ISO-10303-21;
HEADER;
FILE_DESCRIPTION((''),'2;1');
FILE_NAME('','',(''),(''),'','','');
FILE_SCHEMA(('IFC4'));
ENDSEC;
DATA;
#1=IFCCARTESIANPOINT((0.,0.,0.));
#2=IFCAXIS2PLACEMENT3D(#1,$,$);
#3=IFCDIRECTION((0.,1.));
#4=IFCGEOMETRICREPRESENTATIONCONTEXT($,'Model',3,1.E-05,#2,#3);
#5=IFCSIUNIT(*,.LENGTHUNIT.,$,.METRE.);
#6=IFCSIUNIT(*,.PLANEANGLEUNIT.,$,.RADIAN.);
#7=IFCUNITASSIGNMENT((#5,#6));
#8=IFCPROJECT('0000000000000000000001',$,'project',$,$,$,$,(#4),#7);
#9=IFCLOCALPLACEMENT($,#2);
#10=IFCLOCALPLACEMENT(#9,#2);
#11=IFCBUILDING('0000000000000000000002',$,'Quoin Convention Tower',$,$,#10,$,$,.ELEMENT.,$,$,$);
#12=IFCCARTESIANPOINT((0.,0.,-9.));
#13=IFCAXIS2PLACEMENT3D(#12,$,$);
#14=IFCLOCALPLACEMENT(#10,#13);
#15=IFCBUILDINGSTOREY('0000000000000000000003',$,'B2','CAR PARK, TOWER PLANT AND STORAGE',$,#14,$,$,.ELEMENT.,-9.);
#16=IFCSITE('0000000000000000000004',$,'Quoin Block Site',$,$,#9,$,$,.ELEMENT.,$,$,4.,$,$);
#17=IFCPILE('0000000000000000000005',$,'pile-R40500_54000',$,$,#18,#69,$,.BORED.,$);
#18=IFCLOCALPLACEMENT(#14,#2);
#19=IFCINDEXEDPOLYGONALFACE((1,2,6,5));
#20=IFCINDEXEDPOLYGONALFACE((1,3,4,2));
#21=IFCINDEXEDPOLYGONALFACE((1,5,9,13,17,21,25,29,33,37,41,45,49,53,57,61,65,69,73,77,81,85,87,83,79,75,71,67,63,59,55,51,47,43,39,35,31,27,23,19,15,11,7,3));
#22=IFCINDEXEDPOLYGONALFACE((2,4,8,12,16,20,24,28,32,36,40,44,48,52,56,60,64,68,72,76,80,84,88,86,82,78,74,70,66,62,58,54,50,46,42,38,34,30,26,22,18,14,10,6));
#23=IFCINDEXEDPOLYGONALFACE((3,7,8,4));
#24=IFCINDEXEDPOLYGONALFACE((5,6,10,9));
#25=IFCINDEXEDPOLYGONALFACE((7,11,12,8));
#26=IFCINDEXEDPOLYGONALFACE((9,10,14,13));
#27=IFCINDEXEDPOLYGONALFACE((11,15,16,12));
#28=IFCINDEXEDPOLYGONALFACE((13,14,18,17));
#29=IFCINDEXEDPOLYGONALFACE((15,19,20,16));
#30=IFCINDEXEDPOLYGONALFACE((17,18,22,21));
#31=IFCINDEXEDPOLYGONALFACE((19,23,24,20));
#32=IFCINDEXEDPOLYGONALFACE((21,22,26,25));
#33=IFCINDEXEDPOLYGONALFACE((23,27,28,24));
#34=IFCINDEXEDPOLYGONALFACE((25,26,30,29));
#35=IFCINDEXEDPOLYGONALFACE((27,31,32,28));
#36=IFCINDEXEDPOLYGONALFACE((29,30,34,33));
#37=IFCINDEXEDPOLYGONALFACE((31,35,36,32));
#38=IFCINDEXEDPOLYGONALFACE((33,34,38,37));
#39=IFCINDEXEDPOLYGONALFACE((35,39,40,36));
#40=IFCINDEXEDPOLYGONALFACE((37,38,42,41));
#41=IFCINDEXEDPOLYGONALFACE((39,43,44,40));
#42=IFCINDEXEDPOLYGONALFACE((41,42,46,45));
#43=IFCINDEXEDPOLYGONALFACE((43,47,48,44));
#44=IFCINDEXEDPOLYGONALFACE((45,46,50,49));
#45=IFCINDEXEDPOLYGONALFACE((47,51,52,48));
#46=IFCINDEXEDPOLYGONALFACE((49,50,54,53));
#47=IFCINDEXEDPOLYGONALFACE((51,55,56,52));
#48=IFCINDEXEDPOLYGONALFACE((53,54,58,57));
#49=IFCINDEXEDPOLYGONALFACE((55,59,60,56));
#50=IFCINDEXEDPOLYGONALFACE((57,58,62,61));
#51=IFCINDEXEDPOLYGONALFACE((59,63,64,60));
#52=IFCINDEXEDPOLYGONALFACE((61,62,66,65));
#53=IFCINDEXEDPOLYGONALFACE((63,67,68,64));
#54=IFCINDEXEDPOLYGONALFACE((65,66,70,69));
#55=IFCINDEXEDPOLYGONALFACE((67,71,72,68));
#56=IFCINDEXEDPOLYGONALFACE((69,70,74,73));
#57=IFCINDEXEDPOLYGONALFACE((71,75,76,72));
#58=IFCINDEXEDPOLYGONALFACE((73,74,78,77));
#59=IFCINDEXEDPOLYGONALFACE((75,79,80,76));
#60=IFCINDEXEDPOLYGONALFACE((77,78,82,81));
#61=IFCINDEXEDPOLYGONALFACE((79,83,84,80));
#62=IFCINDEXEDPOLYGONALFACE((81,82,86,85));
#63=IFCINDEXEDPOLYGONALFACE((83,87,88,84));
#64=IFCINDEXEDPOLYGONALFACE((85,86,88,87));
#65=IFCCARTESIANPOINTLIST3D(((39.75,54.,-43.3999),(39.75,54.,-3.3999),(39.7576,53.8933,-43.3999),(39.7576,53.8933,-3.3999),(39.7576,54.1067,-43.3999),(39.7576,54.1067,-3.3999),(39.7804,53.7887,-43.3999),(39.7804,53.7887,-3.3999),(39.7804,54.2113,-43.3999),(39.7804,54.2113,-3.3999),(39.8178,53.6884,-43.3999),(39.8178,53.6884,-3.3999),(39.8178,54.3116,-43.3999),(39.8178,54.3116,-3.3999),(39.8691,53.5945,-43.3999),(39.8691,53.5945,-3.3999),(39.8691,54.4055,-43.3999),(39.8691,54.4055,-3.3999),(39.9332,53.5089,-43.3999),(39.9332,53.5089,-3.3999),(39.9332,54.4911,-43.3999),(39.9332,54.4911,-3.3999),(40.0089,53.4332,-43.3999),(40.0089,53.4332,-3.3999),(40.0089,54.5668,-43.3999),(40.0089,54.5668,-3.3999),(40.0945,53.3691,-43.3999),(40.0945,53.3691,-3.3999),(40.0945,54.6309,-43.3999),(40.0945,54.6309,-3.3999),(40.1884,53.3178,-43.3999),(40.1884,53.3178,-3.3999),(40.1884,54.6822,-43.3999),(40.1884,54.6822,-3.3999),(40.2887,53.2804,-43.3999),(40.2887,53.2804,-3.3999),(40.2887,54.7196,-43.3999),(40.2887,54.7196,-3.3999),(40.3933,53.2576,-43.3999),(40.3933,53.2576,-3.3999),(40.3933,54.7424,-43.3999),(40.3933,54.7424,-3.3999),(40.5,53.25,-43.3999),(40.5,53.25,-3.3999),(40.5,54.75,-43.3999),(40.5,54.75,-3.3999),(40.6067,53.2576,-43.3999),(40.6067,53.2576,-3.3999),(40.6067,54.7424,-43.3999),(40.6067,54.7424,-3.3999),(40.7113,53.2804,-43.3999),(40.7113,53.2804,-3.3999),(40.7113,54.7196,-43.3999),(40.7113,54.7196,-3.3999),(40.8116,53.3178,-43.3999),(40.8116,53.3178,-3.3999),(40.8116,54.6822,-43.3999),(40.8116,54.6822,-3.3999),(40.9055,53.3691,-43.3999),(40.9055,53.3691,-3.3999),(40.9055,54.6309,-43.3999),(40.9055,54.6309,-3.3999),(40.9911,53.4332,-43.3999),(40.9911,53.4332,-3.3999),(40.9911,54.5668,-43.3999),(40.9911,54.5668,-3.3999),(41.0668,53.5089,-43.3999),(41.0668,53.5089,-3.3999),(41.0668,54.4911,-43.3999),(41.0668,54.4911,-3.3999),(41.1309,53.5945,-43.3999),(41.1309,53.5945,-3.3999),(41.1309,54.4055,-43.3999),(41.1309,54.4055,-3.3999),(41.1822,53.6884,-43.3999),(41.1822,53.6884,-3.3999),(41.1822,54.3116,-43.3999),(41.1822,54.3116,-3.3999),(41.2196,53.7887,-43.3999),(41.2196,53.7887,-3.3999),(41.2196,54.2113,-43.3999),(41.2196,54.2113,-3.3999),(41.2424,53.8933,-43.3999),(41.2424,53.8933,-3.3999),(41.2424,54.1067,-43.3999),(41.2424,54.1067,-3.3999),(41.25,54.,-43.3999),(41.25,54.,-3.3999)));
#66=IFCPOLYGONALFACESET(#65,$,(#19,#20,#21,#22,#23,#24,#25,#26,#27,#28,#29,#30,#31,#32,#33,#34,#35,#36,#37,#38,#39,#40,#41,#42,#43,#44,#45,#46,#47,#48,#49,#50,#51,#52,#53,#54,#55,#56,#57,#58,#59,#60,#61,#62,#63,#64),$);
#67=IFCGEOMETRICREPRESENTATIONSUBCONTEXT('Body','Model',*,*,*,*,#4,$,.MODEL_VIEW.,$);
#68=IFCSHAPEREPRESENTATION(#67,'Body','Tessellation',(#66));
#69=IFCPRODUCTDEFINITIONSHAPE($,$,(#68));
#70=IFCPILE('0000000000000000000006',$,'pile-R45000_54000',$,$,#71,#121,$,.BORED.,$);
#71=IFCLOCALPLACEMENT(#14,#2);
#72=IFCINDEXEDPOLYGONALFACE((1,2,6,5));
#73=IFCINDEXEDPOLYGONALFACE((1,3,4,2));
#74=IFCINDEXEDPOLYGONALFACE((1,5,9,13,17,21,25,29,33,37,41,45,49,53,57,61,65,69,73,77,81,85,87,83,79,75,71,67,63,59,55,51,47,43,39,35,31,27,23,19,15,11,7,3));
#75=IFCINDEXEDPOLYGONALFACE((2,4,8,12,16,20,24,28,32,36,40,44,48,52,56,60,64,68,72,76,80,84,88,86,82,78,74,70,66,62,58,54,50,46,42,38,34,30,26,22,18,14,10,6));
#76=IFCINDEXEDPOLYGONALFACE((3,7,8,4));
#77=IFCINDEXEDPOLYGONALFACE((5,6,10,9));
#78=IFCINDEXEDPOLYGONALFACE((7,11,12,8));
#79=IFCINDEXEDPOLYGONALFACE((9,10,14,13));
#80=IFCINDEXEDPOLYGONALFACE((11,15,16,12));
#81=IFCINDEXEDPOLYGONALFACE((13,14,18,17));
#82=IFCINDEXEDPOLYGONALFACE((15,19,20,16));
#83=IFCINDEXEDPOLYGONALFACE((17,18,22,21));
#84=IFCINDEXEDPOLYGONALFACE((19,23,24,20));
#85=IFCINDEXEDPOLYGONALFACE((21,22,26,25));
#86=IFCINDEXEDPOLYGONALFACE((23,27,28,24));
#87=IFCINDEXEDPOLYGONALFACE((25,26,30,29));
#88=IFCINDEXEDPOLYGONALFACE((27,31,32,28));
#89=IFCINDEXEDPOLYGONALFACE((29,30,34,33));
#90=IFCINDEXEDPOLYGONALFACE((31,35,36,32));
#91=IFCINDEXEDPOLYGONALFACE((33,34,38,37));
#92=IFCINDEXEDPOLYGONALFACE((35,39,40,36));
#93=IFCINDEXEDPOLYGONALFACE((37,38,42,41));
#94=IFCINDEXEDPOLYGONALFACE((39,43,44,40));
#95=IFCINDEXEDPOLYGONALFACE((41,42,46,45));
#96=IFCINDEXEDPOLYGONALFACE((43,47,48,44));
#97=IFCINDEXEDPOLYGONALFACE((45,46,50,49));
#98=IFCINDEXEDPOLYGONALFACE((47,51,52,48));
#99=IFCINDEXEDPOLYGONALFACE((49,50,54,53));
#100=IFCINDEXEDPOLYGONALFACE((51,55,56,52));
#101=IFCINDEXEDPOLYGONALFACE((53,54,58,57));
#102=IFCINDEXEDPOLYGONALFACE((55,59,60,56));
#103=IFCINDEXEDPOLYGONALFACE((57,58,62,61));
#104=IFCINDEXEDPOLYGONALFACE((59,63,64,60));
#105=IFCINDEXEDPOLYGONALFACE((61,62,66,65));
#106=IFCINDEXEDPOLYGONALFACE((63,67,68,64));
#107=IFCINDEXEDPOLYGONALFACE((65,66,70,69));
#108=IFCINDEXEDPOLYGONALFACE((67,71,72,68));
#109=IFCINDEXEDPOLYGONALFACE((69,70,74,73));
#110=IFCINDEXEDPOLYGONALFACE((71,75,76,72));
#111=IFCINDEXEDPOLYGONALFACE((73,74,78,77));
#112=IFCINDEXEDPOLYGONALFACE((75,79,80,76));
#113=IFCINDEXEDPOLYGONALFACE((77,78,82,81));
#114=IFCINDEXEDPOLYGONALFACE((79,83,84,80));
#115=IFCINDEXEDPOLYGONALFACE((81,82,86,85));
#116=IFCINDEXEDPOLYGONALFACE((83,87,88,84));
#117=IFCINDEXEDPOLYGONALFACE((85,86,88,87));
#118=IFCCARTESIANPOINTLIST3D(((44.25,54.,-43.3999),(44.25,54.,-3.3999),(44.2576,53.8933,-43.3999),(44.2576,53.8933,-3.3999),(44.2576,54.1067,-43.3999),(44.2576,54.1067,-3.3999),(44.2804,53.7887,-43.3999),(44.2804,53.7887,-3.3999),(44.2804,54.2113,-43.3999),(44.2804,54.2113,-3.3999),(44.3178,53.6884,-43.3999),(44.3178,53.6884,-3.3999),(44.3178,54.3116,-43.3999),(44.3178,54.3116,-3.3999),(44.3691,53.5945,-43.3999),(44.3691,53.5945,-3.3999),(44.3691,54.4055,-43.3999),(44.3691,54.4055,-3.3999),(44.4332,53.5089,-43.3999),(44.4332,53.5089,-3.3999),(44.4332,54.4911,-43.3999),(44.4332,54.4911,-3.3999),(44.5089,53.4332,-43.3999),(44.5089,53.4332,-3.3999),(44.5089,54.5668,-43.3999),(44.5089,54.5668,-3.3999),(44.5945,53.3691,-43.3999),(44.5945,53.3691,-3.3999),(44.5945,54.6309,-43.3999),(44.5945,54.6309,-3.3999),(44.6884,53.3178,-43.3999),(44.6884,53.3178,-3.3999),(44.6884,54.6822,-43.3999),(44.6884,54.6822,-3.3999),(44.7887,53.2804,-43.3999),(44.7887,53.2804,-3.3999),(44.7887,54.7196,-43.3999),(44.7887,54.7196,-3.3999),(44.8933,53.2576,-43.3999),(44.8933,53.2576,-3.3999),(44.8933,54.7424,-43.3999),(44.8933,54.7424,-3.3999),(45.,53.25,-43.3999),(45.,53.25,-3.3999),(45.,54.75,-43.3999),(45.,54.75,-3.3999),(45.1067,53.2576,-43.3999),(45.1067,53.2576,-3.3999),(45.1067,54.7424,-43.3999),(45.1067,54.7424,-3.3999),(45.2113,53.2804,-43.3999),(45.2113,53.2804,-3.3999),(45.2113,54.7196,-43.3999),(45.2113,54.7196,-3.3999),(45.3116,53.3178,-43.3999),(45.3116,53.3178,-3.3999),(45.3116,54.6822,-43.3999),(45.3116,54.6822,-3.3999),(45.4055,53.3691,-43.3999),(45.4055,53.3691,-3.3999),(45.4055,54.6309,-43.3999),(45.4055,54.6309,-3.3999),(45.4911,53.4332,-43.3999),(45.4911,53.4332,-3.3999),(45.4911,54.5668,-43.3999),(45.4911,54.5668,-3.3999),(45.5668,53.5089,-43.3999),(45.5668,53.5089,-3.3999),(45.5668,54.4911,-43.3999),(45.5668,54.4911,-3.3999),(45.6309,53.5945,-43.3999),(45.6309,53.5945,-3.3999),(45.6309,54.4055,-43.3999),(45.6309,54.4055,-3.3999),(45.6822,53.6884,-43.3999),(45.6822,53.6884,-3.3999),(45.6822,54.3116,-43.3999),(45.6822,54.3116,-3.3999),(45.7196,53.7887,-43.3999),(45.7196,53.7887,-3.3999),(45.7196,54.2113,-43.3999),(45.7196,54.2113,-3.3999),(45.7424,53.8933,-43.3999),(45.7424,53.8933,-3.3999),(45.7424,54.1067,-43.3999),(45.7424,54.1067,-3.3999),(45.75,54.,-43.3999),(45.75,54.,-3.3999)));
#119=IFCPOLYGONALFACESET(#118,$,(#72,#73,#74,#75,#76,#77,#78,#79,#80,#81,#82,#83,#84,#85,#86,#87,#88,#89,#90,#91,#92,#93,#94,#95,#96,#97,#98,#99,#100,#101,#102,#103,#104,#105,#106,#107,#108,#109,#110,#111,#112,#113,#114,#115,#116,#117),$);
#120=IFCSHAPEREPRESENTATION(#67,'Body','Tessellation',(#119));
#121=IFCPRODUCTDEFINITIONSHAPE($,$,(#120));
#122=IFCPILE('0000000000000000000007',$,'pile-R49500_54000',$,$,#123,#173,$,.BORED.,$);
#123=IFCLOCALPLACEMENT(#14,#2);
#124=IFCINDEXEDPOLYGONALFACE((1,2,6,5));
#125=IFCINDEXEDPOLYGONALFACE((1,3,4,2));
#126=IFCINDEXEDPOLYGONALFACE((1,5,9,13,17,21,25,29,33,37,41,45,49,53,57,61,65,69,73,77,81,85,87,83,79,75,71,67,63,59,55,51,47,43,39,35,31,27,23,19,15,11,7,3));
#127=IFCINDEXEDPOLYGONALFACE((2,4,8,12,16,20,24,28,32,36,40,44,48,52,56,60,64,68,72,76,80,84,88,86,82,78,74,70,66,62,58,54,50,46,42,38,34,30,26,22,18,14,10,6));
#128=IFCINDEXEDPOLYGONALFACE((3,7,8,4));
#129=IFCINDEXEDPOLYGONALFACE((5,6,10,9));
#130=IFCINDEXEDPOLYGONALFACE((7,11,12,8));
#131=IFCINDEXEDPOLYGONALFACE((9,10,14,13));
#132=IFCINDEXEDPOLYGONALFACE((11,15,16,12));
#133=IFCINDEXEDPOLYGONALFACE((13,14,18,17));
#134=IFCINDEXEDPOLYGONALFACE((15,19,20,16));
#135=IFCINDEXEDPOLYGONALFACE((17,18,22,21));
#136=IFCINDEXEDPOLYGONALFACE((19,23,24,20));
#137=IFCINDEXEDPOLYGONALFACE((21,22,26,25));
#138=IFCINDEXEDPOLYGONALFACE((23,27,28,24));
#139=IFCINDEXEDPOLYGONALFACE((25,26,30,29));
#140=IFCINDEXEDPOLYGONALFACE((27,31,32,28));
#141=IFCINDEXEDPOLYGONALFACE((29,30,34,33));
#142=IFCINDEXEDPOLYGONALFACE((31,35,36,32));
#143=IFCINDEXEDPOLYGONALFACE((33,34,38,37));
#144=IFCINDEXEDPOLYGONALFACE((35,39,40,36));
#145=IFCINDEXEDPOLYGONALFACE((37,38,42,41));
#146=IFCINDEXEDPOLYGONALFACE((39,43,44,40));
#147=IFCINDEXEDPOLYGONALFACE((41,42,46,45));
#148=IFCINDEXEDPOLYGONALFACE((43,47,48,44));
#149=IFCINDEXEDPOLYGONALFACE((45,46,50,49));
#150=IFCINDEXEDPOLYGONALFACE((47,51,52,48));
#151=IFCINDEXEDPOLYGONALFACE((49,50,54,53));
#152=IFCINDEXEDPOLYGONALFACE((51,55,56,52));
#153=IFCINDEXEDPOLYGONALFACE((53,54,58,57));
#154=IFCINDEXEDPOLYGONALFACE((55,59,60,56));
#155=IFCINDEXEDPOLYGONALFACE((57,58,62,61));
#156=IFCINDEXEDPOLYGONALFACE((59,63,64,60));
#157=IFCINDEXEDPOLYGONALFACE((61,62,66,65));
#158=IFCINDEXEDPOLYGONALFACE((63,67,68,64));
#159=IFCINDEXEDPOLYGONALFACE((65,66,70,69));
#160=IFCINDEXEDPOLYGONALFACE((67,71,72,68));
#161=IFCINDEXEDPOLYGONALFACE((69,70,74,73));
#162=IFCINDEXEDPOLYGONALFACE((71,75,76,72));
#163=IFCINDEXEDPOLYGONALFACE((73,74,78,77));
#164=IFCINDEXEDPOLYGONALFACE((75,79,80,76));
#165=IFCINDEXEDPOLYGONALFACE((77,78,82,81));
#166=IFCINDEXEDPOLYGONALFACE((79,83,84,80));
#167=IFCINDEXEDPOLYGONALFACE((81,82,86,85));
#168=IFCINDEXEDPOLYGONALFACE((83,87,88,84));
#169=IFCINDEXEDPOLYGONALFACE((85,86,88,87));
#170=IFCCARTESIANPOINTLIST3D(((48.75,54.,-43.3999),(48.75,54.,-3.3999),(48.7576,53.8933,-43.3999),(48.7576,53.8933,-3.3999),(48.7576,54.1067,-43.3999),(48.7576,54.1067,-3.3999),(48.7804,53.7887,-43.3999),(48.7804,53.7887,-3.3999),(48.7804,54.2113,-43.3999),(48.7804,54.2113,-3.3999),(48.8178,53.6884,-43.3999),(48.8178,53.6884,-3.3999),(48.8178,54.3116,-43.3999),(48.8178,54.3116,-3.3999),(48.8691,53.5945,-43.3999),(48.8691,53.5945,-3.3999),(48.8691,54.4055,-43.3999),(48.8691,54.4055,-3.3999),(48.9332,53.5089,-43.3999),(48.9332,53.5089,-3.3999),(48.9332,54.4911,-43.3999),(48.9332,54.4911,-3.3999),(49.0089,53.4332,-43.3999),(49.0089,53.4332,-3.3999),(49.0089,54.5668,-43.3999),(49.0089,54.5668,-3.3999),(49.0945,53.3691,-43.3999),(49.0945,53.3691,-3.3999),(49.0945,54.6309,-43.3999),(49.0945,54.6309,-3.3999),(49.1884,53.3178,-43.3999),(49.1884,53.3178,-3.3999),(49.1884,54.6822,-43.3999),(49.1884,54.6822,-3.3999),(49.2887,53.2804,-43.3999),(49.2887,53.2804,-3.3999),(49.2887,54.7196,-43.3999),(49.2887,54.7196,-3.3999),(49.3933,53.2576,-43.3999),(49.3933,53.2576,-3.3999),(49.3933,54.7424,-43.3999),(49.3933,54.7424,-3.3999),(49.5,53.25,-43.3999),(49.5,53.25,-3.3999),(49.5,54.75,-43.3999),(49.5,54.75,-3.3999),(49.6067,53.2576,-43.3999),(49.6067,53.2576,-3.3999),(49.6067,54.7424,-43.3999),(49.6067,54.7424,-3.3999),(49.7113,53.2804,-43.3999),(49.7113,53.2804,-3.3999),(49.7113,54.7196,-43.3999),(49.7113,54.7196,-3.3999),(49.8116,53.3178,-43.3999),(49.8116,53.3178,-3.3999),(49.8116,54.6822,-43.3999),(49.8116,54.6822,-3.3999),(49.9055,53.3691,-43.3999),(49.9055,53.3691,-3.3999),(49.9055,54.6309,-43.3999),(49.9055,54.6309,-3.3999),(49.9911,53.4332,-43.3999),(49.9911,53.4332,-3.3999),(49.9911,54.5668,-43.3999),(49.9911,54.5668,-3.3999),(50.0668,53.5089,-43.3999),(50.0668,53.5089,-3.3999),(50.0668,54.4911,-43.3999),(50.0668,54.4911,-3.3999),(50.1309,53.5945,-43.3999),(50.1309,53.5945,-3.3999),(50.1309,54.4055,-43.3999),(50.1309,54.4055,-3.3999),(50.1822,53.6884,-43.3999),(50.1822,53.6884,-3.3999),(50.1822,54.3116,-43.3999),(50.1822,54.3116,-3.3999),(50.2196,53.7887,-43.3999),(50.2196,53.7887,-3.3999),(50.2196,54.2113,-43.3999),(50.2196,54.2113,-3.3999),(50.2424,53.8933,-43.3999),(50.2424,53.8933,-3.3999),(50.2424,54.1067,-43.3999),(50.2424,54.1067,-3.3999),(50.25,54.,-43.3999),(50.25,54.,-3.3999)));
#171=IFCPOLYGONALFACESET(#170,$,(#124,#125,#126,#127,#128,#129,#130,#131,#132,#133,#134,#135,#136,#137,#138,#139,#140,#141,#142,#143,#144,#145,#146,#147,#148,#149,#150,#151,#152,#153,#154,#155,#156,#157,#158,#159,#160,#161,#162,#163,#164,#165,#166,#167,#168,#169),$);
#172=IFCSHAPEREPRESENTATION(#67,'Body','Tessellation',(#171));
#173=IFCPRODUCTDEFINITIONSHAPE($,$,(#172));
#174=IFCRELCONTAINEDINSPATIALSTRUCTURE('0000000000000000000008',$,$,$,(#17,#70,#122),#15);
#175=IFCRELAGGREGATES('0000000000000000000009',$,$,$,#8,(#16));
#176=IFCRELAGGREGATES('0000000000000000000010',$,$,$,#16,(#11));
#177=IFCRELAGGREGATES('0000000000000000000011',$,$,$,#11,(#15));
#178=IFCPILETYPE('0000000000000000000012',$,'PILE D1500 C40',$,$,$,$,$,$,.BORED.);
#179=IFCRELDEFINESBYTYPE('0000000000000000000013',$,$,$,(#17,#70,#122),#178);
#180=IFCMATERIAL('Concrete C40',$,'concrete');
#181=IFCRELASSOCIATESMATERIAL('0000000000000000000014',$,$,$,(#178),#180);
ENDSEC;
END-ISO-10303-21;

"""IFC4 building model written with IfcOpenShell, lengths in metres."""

from ifc_helpers import new_model, si_unit, direction, frame, origin, origin_2d, place, context, subcontext, project, spatial, circle, extrude, material, material_profile, profile_set, type_object, element, save


model = new_model("IFC4")

# Units and contexts
model_context = context("Model", 3, precision=1e-05, world=origin(), true_north=direction((0.0, 1.0)))
body_context = subcontext(model_context, "Body", "Model", "MODEL_VIEW")
ifc_project = project(units=[si_unit("LENGTHUNIT", "METRE"), si_unit("PLANEANGLEUNIT", "RADIAN")], contexts=[model_context])

# Site, building, storey
site_placement = place(None, origin())
site = spatial("IfcSite", under=ifc_project, at=site_placement, Name="Quoin Block Site", CompositionType="ELEMENT", RefElevation=4.0)
building_placement = place(site_placement, origin())
building = spatial("IfcBuilding", under=site, at=building_placement, Name="Quoin Convention Tower", CompositionType="ELEMENT")
storey_placement = place(building_placement, frame((0.0, 0.0, -9.0)))
storey = spatial("IfcBuildingStorey", under=building, at=storey_placement, Name="B2", Description="CAR PARK, TOWER PLANT AND STORAGE", CompositionType="ELEMENT", Elevation=-9.0)

# Piles
ifc_material_1 = material(Name="Concrete C40", Category="concrete")
ifc_material_profile = material_profile(ifc_material_1, circle(Radius=0.75, at=origin_2d()), Name="D1500")
ifc_profile_set = profile_set([ifc_material_profile], Name="Concrete C40")
pile_type = type_object("IfcPileType", Name="PILE D1500 C40", PredefinedType="BORED", material=ifc_profile_set)
for number, where, z_axis, x_axis, name in (
    (1, (40.5, 54.0, -3.3999), (0.0, 0.0, -1.0), (1.0, 0.0, 0.0), "pile-R40500_54000"),
    (2, (45.0, 54.0, -3.3999), (0.0, 0.0, -1.0), (1.0, 0.0, 0.0), "pile-R45000_54000"),
    (3, (49.5, 54.0, -3.3999), (0.0, 0.0, -1.0), (1.0, 0.0, 0.0), "pile-R49500_54000"),
):
    element("IfcPile", number, at=place(storey_placement, frame(where, z_axis=z_axis, x_axis=x_axis)), inside=storey, type_object=pile_type, Name=name, PredefinedType="BORED", context=body_context, shape_type="SweptSolid", body=[
        extrude(circle(Radius=0.75, at=origin_2d()), origin(), (0.0, 0.0, 1.0), 40.0),
    ])

save(model, "model.ifc")
